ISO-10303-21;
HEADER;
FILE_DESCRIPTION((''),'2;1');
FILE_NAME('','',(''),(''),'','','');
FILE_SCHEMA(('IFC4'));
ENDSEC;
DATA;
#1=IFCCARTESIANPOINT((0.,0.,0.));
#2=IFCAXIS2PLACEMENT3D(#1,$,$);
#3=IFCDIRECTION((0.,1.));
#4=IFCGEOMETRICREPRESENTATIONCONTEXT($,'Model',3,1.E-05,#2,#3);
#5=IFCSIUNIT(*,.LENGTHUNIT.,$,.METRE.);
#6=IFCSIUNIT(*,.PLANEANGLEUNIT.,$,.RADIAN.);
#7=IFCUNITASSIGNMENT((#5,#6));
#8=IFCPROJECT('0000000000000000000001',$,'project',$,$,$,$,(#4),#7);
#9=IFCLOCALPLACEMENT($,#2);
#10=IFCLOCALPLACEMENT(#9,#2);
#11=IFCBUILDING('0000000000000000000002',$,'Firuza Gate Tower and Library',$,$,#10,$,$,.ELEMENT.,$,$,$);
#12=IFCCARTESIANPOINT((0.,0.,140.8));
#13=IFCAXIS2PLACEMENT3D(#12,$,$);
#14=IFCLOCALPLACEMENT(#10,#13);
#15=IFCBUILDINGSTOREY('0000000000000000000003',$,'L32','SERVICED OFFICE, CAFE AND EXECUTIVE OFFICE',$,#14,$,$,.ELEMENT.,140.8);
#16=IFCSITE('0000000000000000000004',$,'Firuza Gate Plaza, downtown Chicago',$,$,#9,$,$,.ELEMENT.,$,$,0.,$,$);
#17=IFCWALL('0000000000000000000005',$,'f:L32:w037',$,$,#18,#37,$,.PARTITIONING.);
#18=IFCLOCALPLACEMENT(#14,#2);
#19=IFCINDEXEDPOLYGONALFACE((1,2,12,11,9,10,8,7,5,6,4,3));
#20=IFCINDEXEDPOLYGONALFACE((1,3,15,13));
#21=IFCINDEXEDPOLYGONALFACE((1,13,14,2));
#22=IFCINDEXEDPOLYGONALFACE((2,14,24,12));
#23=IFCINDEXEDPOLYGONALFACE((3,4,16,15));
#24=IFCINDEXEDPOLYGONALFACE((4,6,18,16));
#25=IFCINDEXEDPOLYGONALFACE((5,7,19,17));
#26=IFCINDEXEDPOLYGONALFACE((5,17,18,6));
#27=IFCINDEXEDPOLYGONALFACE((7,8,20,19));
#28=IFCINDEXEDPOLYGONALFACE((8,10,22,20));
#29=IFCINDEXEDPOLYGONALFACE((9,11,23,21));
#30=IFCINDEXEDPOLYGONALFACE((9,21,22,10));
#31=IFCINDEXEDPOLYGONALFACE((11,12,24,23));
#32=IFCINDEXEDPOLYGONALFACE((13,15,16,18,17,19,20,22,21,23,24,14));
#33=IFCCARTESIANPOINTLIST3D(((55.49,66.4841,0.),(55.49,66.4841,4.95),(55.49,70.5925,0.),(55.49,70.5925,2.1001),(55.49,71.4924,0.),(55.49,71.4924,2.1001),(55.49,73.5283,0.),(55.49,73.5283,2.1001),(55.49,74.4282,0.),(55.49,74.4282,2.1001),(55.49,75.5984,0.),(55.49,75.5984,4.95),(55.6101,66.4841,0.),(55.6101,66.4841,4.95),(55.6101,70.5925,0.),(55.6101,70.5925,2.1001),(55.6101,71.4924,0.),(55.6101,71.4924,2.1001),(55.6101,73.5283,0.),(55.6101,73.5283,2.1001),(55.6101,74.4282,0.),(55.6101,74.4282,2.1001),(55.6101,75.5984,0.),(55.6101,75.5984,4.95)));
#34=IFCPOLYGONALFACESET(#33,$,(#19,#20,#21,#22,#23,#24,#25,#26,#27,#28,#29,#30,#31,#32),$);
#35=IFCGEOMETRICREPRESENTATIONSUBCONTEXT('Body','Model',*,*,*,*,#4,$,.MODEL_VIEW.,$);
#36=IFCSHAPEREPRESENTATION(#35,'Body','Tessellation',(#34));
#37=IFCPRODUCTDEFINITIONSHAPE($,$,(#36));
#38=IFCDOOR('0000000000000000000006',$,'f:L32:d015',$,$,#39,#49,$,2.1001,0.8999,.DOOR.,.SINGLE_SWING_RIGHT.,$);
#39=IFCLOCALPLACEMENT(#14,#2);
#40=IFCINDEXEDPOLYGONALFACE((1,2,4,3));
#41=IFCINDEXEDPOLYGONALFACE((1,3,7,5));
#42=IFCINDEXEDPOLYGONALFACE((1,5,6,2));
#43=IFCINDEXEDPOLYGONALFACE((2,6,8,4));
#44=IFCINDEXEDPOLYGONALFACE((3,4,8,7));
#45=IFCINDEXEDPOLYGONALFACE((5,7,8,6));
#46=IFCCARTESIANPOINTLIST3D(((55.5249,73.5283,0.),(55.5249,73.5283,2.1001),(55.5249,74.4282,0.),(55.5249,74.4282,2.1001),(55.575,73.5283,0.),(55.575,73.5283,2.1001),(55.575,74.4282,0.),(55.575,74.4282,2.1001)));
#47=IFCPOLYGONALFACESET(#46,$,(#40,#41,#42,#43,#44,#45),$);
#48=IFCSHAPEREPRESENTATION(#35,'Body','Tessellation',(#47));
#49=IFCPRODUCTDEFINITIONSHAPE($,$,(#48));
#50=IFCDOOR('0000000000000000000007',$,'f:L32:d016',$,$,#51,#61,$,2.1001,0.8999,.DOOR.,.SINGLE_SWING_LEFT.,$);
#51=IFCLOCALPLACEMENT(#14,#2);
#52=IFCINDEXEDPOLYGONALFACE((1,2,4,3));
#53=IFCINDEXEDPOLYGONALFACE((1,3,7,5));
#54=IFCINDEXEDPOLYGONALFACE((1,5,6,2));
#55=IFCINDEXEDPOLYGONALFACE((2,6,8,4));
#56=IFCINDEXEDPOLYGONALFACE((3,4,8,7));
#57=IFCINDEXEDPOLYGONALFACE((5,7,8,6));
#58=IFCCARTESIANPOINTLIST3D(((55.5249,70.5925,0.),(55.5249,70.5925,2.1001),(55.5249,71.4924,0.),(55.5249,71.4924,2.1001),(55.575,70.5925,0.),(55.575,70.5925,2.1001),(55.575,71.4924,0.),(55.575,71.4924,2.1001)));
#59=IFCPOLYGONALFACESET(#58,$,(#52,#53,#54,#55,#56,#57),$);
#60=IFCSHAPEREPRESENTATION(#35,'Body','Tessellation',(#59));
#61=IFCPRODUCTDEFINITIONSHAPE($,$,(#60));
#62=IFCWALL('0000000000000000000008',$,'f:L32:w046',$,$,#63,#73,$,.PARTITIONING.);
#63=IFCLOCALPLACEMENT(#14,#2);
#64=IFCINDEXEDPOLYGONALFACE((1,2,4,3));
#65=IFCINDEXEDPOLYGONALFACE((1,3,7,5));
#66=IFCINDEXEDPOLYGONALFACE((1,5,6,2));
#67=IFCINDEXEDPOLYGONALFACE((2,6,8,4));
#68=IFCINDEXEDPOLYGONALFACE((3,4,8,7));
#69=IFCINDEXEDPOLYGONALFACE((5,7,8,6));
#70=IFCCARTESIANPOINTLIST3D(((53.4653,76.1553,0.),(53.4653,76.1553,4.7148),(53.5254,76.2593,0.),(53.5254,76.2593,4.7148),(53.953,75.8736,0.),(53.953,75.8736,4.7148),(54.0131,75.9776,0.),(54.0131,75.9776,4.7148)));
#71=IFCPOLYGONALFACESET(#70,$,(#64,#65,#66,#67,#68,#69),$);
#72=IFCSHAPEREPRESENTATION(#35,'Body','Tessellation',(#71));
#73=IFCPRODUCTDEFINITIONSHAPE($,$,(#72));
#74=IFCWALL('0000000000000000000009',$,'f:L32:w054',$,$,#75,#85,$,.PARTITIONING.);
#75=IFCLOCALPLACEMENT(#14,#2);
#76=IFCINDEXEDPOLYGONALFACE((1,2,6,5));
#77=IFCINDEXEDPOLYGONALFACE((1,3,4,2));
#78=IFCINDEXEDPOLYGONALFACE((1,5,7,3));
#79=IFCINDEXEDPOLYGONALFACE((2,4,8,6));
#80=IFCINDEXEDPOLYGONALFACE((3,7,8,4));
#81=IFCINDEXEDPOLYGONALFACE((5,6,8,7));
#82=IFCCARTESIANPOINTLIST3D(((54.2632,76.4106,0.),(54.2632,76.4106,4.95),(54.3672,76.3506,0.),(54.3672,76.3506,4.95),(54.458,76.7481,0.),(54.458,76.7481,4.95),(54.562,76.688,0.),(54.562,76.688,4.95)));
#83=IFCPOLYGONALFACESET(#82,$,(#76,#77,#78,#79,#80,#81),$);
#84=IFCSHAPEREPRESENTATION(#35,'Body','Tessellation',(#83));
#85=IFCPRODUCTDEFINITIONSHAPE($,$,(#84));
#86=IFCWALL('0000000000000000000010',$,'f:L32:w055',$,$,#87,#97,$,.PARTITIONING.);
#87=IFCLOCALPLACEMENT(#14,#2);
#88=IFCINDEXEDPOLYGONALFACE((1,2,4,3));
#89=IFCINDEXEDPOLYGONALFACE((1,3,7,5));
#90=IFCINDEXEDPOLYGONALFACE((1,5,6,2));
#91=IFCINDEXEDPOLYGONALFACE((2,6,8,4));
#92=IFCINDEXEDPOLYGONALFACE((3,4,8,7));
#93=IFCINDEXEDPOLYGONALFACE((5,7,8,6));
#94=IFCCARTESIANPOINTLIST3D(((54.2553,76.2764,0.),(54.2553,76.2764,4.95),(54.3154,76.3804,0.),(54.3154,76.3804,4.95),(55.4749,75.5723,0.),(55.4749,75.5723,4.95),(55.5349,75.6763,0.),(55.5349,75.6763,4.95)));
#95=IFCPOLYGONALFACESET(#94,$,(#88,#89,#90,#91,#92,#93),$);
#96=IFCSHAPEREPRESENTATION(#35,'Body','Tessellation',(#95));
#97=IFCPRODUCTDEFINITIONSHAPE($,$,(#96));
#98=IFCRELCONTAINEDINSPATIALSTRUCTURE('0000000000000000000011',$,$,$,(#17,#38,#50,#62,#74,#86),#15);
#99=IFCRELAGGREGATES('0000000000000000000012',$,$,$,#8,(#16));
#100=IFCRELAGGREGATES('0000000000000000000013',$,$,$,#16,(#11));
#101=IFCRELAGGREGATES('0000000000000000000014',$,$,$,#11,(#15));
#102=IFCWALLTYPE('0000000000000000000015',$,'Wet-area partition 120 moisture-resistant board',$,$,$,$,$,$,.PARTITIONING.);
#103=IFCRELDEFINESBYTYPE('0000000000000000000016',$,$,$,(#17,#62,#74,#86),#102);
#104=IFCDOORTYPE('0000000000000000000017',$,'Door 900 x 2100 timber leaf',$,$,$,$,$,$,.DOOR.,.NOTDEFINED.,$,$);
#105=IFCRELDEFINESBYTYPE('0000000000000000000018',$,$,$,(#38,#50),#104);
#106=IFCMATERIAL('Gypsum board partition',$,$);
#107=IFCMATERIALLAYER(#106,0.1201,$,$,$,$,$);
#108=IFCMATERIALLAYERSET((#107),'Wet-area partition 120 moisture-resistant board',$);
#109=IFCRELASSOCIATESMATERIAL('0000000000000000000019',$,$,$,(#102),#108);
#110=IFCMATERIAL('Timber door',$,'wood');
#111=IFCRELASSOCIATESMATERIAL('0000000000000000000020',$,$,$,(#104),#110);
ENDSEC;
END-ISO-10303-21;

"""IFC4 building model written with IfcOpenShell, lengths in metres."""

from ifc_helpers import new_model, si_unit, direction, frame, frame_2d, origin, place, context, subcontext, project, spatial, rectangle, extrude, material, layer, layer_set, type_object, element, fill, save


model = new_model("IFC4")

# Units and contexts
model_context = context("Model", 3, precision=1e-05, world=origin(), true_north=direction((0.0, 1.0)))
body_context = subcontext(model_context, "Body", "Model", "MODEL_VIEW")
ifc_project = project(units=[si_unit("LENGTHUNIT", "METRE"), si_unit("PLANEANGLEUNIT", "RADIAN")], contexts=[model_context])

# Site, building, storey
site_placement = place(None, origin())
site = spatial("IfcSite", under=ifc_project, at=site_placement, Name="Firuza Gate Plaza, downtown Chicago", CompositionType="ELEMENT", RefElevation=0.0)
building_placement = place(site_placement, origin())
building = spatial("IfcBuilding", under=site, at=building_placement, Name="Firuza Gate Tower and Library", CompositionType="ELEMENT")
storey_placement = place(building_placement, frame((0.0, 0.0, 140.8)))
storey = spatial("IfcBuildingStorey", under=building, at=storey_placement, Name="L32", Description="SERVICED OFFICE, CAFE AND EXECUTIVE OFFICE", CompositionType="ELEMENT", Elevation=140.8)

# Shared definitions
ifc_material_1 = material(Name="Gypsum board partition")
ifc_layer_1 = layer(ifc_material_1, 0.1201)
ifc_layer_set_1 = layer_set([ifc_layer_1], Name="Wet-area partition 120 moisture-resistant board")
wall_type_1 = type_object("IfcWallType", Name="Wet-area partition 120 moisture-resistant board", PredefinedType="PARTITIONING", material=ifc_layer_set_1)

# Wall, openings, doors
wall_1_placement = place(storey_placement, frame((55.55, 75.5984, 0.0), z_axis=(0.0, 0.0, 1.0), x_axis=(0.0, -1.0, 0.0)))
wall_1 = element("IfcWall", 1, at=wall_1_placement, inside=storey, type_object=wall_type_1, Name="f:L32:w037", PredefinedType="PARTITIONING", context=body_context, shape_type="SweptSolid", body=[
    extrude(rectangle(XDim=9.1143, YDim=0.1201, at=frame_2d((4.5571, 0.0))), origin(), (0.0, 0.0, 1.0), 4.95),
])
opening_1_placement = place(wall_1_placement, frame((1.1702, 0.0, 0.0)))
opening_1 = element("IfcOpeningElement", 2, at=opening_1_placement, cuts=wall_1, PredefinedType="OPENING", context=body_context, shape_type="SweptSolid", body=[
    extrude(rectangle(XDim=0.8999, YDim=2.1001, at=frame_2d((0.45, 1.05))), frame((0.0, 0.0701, 0.0), z_axis=(0.0, -1.0, 0.0), x_axis=(1.0, 0.0, 0.0)), (0.0, 0.0, 1.0), 0.1401),
])
opening_2_placement = place(wall_1_placement, frame((4.106, 0.0, 0.0)))
opening_2 = element("IfcOpeningElement", 3, at=opening_2_placement, cuts=wall_1, PredefinedType="OPENING", context=body_context, shape_type="SweptSolid", body=[
    extrude(rectangle(XDim=0.8999, YDim=2.1001, at=frame_2d((0.45, 1.05))), frame((0.0, 0.0701, 0.0), z_axis=(0.0, -1.0, 0.0), x_axis=(1.0, 0.0, 0.0)), (0.0, 0.0, 1.0), 0.1401),
])
ifc_material_2 = material(Name="Timber door", Category="wood")
door_type = type_object("IfcDoorType", Name="Door 900 x 2100 timber leaf", OperationType="NOTDEFINED", PredefinedType="DOOR", material=ifc_material_2)
door_1_placement = place(opening_1_placement, origin())
door_1 = element("IfcDoor", 4, at=door_1_placement, inside=storey, type_object=door_type, Name="f:L32:d015", OperationType="SINGLE_SWING_RIGHT", OverallHeight=2.1001, OverallWidth=0.8999, PredefinedType="DOOR", context=body_context, shape_type="SweptSolid", body=[
    extrude(rectangle(XDim=0.8999, YDim=2.1001, at=frame_2d((0.45, 1.05))), frame((0.0, 0.0249, 0.0), z_axis=(0.0, -1.0, 0.0), x_axis=(1.0, 0.0, 0.0)), (0.0, 0.0, 1.0), 0.05),
])
fill(opening_1, door_1)
door_2_placement = place(opening_2_placement, origin())
door_2 = element("IfcDoor", 5, at=door_2_placement, inside=storey, type_object=door_type, Name="f:L32:d016", OperationType="SINGLE_SWING_LEFT", OverallHeight=2.1001, OverallWidth=0.8999, PredefinedType="DOOR", context=body_context, shape_type="SweptSolid", body=[
    extrude(rectangle(XDim=0.8999, YDim=2.1001, at=frame_2d((0.45, 1.05))), frame((0.0, 0.0249, 0.0), z_axis=(0.0, -1.0, 0.0), x_axis=(1.0, 0.0, 0.0)), (0.0, 0.0, 1.0), 0.05),
])
fill(opening_2, door_2)

# Walls
wall_2_placement = place(storey_placement, frame((53.9832, 75.9255, 0.0), z_axis=(0.0, 0.0, 1.0), x_axis=(-0.86594, 0.500148, 0.0)))
element("IfcWall", 6, at=wall_2_placement, inside=storey, type_object=wall_type_1, Name="f:L32:w046", PredefinedType="PARTITIONING", context=body_context, shape_type="SweptSolid", body=[
    extrude(rectangle(XDim=0.5632, YDim=0.1201, at=frame_2d((0.2817, 0.0))), origin(), (0.0, 0.0, 1.0), 4.7148),
])
wall_3_placement = place(storey_placement, frame((54.3152, 76.3806, 0.0), z_axis=(0.0, 0.0, 1.0), x_axis=(0.500048, 0.865998, 0.0)))
element("IfcWall", 7, at=wall_3_placement, inside=storey, type_object=wall_type_1, Name="f:L32:w054", PredefinedType="PARTITIONING", context=body_context, shape_type="SweptSolid", body=[
    extrude(rectangle(XDim=0.3896, YDim=0.1201, at=frame_2d((0.1948, 0.0))), origin(), (0.0, 0.0, 1.0), 4.95),
])
wall_4_placement = place(storey_placement, frame((55.5049, 75.6243, 0.0), z_axis=(0.0, 0.0, 1.0), x_axis=(-0.866015, 0.500018, 0.0)))
element("IfcWall", 8, at=wall_4_placement, inside=storey, type_object=wall_type_1, Name="f:L32:w055", PredefinedType="PARTITIONING", context=body_context, shape_type="SweptSolid", body=[
    extrude(rectangle(XDim=1.4082, YDim=0.1201, at=frame_2d((0.7041, 0.0))), origin(), (0.0, 0.0, 1.0), 4.95),
])

save(model, "model.ifc")
